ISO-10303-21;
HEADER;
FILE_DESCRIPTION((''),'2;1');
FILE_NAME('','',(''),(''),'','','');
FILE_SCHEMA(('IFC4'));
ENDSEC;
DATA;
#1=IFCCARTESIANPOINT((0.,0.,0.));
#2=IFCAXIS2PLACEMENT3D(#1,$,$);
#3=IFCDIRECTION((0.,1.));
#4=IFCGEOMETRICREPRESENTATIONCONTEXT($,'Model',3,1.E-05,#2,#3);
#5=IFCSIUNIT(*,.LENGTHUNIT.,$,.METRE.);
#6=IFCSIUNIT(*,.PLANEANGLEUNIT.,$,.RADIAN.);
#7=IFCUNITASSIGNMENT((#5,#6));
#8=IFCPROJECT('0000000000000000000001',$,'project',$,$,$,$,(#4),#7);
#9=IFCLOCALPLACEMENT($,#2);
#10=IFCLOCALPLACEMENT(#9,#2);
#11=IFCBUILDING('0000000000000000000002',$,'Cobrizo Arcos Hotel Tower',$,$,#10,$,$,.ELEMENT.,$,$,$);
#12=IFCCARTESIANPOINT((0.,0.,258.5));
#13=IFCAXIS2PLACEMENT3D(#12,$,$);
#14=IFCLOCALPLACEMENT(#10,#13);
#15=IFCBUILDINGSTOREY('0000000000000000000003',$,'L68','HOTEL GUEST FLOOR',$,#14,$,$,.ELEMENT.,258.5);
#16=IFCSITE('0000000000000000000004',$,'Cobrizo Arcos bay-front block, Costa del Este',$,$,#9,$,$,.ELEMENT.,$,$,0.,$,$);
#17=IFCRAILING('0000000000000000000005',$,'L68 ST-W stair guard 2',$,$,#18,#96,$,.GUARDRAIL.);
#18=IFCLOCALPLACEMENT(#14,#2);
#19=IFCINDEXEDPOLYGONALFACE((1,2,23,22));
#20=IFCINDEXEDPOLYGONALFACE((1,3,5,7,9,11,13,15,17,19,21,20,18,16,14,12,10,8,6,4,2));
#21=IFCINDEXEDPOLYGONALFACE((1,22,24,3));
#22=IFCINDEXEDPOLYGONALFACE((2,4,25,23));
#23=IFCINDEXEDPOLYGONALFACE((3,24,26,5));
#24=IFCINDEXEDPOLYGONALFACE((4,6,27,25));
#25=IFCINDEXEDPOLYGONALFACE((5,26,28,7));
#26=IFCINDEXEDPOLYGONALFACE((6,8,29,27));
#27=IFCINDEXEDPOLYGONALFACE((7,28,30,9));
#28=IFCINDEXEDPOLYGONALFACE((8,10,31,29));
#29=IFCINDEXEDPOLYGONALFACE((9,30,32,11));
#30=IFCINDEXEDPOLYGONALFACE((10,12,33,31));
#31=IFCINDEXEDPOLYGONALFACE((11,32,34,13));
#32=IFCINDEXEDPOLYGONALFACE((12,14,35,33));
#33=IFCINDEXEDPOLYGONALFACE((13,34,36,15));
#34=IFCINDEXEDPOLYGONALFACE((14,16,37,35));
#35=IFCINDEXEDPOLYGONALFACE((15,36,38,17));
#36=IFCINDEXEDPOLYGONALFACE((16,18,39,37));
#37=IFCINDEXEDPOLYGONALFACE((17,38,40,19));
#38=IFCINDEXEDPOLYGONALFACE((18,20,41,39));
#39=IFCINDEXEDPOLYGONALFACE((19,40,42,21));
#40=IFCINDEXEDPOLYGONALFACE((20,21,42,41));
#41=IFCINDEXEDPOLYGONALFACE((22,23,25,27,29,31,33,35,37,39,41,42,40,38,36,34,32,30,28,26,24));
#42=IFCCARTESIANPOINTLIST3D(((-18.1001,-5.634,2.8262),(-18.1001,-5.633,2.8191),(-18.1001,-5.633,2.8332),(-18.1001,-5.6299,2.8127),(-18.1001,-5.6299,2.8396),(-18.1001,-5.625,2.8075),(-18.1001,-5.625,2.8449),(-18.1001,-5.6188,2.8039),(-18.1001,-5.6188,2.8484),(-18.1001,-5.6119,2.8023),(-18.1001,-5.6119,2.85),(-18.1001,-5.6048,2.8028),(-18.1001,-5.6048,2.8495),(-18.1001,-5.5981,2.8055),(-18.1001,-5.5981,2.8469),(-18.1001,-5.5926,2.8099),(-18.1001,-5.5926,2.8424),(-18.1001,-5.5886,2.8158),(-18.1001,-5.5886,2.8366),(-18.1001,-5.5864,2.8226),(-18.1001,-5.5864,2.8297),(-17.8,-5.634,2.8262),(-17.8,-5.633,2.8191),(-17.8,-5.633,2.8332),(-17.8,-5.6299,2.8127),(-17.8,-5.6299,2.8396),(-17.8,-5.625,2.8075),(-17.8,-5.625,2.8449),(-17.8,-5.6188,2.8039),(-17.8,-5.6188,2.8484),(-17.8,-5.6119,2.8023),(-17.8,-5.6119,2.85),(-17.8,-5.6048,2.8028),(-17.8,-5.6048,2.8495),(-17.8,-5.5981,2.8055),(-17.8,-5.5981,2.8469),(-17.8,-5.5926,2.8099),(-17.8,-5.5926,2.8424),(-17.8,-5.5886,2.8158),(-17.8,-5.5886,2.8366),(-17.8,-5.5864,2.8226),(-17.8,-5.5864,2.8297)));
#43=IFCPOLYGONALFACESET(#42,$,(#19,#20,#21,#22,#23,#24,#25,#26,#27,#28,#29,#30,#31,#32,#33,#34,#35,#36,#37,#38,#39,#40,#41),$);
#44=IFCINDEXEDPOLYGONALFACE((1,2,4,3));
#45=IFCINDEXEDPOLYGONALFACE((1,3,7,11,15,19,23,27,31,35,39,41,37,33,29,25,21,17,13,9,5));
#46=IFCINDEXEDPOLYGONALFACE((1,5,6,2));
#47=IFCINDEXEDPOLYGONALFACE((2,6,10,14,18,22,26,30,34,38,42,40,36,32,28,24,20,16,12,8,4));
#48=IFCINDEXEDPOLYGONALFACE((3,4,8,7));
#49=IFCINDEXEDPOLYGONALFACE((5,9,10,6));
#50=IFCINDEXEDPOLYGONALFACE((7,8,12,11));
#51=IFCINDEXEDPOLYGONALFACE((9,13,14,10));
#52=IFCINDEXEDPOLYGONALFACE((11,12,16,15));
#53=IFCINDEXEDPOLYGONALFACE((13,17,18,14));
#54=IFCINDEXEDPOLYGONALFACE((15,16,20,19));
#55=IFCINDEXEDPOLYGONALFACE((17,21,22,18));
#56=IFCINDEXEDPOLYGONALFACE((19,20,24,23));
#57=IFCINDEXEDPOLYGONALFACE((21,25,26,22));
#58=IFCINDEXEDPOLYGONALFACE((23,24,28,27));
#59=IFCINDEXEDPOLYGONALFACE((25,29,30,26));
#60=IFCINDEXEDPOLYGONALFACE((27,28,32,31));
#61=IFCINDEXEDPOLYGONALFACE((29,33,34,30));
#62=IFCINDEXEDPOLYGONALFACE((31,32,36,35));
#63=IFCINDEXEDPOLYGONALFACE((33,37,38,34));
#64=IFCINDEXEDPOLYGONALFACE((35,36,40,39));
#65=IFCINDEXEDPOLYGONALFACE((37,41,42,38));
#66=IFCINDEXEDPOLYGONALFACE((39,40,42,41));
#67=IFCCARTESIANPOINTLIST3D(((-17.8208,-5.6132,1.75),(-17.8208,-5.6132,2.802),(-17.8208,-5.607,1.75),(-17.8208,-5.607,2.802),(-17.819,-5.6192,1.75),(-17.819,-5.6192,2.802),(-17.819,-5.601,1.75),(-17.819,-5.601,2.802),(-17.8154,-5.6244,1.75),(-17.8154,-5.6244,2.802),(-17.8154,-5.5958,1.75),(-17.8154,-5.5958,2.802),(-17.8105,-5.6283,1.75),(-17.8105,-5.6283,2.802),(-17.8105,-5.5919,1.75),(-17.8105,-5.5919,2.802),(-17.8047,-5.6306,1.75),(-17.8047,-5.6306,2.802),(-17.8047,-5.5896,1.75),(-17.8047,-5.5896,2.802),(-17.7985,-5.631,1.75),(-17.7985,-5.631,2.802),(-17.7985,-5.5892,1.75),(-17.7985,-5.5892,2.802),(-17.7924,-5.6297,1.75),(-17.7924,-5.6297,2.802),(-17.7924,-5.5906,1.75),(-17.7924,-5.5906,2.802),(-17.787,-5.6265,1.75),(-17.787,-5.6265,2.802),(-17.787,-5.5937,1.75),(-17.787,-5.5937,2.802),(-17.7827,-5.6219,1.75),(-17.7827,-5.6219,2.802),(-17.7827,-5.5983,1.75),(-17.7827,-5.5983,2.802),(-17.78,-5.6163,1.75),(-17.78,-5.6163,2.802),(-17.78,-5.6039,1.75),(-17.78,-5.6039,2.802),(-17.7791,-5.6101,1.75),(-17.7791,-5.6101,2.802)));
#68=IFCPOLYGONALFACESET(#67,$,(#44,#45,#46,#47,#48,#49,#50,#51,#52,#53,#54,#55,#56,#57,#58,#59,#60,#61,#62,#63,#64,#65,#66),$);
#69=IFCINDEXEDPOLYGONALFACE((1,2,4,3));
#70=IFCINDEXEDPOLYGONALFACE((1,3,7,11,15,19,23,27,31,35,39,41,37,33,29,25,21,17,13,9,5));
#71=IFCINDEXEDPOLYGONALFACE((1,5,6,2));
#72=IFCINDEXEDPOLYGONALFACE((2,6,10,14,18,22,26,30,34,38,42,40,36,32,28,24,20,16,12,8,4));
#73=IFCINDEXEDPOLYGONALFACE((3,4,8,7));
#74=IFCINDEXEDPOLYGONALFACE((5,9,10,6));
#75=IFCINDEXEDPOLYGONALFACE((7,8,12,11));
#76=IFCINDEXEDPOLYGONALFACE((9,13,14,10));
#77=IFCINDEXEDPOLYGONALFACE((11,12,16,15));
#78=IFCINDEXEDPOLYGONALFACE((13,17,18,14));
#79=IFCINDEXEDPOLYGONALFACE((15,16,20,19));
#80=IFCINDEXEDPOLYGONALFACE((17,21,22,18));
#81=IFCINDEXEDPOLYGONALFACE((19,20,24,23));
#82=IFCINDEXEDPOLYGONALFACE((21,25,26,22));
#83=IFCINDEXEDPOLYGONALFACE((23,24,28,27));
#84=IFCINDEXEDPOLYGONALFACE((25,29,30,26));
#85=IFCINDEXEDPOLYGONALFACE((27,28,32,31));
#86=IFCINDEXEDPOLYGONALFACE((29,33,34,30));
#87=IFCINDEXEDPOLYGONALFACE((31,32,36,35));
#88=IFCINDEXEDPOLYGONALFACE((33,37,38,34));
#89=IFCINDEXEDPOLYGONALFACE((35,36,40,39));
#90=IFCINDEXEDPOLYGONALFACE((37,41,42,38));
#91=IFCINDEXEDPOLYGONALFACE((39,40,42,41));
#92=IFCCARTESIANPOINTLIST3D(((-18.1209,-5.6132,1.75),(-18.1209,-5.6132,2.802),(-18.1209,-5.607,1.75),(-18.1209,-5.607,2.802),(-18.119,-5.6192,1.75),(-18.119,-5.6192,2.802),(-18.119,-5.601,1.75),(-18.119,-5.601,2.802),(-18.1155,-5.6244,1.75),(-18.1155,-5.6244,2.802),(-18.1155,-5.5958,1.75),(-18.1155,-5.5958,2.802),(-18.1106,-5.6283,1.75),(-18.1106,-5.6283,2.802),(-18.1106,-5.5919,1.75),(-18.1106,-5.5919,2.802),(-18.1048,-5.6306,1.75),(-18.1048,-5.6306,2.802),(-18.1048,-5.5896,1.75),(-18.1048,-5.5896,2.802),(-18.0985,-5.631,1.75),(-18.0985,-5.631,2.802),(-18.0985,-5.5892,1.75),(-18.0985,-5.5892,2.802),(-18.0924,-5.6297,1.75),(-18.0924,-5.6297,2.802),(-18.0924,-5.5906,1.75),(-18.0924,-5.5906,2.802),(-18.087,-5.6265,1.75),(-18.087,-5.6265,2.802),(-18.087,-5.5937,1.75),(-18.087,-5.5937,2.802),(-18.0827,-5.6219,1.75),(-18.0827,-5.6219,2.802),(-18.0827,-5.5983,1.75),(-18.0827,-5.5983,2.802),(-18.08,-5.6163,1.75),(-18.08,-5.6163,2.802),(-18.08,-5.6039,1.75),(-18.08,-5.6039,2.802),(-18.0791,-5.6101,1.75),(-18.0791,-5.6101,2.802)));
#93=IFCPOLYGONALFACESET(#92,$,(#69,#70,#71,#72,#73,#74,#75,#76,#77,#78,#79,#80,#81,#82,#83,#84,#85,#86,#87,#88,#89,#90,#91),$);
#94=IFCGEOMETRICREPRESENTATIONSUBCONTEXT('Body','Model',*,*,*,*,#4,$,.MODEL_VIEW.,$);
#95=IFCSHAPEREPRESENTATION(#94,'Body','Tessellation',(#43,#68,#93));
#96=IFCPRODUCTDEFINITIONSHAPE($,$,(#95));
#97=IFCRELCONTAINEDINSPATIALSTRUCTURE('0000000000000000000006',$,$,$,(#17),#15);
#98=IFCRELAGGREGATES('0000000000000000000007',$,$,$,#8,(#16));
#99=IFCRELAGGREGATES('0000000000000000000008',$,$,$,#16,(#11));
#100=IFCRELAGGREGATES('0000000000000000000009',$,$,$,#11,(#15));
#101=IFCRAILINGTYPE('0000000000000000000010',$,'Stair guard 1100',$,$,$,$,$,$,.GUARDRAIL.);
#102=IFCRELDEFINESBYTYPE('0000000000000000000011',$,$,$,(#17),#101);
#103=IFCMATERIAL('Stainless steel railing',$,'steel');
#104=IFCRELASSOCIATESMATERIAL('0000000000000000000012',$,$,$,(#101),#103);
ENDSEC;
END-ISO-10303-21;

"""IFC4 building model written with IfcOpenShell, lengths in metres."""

from ifc_helpers import new_model, si_unit, direction, frame, origin, origin_2d, place, context, subcontext, project, spatial, circle, extrude, material, type_object, element, save


model = new_model("IFC4")

# Units and contexts
model_context = context("Model", 3, precision=1e-05, world=origin(), true_north=direction((0.0, 1.0)))
body_context = subcontext(model_context, "Body", "Model", "MODEL_VIEW")
ifc_project = project(units=[si_unit("LENGTHUNIT", "METRE"), si_unit("PLANEANGLEUNIT", "RADIAN")], contexts=[model_context])

# Site, building, storey
site_placement = place(None, origin())
site = spatial("IfcSite", under=ifc_project, at=site_placement, Name="Cobrizo Arcos bay-front block, Costa del Este", CompositionType="ELEMENT", RefElevation=0.0)
building_placement = place(site_placement, origin())
building = spatial("IfcBuilding", under=site, at=building_placement, Name="Cobrizo Arcos Hotel Tower", CompositionType="ELEMENT")
storey_placement = place(building_placement, frame((0.0, 0.0, 258.5)))
storey = spatial("IfcBuildingStorey", under=building, at=storey_placement, Name="L68", Description="HOTEL GUEST FLOOR", CompositionType="ELEMENT", Elevation=258.5)

# Railing
ifc_material_1 = material(Name="Stainless steel railing", Category="steel")
railing_type_1 = type_object("IfcRailingType", Name="Stair guard 1100", PredefinedType="GUARDRAIL", material=ifc_material_1)
railing_1_placement = place(storey_placement, frame((-17.8, -5.6101, 1.75)))
element("IfcRailing", 1, at=railing_1_placement, inside=storey, type_object=railing_type_1, Name="L68 ST-W stair guard 2", PredefinedType="GUARDRAIL", context=body_context, shape_type="SweptSolid", body=[
    extrude(circle(Radius=0.0239, at=origin_2d()), frame((0.0, 0.0, 1.0762), z_axis=(-1.0, 0.0, 0.0), x_axis=(0.0, -1.0, 0.0)), (0.0, 0.0, 1.0), 0.3),
    extrude(circle(Radius=0.021, at=origin_2d()), origin(), (0.0, 0.0, 1.0), 1.052),
    extrude(circle(Radius=0.021, at=origin_2d()), frame((-0.3, 0.0, 0.0)), (0.0, 0.0, 1.0), 1.052),
])

save(model, "model.ifc")
